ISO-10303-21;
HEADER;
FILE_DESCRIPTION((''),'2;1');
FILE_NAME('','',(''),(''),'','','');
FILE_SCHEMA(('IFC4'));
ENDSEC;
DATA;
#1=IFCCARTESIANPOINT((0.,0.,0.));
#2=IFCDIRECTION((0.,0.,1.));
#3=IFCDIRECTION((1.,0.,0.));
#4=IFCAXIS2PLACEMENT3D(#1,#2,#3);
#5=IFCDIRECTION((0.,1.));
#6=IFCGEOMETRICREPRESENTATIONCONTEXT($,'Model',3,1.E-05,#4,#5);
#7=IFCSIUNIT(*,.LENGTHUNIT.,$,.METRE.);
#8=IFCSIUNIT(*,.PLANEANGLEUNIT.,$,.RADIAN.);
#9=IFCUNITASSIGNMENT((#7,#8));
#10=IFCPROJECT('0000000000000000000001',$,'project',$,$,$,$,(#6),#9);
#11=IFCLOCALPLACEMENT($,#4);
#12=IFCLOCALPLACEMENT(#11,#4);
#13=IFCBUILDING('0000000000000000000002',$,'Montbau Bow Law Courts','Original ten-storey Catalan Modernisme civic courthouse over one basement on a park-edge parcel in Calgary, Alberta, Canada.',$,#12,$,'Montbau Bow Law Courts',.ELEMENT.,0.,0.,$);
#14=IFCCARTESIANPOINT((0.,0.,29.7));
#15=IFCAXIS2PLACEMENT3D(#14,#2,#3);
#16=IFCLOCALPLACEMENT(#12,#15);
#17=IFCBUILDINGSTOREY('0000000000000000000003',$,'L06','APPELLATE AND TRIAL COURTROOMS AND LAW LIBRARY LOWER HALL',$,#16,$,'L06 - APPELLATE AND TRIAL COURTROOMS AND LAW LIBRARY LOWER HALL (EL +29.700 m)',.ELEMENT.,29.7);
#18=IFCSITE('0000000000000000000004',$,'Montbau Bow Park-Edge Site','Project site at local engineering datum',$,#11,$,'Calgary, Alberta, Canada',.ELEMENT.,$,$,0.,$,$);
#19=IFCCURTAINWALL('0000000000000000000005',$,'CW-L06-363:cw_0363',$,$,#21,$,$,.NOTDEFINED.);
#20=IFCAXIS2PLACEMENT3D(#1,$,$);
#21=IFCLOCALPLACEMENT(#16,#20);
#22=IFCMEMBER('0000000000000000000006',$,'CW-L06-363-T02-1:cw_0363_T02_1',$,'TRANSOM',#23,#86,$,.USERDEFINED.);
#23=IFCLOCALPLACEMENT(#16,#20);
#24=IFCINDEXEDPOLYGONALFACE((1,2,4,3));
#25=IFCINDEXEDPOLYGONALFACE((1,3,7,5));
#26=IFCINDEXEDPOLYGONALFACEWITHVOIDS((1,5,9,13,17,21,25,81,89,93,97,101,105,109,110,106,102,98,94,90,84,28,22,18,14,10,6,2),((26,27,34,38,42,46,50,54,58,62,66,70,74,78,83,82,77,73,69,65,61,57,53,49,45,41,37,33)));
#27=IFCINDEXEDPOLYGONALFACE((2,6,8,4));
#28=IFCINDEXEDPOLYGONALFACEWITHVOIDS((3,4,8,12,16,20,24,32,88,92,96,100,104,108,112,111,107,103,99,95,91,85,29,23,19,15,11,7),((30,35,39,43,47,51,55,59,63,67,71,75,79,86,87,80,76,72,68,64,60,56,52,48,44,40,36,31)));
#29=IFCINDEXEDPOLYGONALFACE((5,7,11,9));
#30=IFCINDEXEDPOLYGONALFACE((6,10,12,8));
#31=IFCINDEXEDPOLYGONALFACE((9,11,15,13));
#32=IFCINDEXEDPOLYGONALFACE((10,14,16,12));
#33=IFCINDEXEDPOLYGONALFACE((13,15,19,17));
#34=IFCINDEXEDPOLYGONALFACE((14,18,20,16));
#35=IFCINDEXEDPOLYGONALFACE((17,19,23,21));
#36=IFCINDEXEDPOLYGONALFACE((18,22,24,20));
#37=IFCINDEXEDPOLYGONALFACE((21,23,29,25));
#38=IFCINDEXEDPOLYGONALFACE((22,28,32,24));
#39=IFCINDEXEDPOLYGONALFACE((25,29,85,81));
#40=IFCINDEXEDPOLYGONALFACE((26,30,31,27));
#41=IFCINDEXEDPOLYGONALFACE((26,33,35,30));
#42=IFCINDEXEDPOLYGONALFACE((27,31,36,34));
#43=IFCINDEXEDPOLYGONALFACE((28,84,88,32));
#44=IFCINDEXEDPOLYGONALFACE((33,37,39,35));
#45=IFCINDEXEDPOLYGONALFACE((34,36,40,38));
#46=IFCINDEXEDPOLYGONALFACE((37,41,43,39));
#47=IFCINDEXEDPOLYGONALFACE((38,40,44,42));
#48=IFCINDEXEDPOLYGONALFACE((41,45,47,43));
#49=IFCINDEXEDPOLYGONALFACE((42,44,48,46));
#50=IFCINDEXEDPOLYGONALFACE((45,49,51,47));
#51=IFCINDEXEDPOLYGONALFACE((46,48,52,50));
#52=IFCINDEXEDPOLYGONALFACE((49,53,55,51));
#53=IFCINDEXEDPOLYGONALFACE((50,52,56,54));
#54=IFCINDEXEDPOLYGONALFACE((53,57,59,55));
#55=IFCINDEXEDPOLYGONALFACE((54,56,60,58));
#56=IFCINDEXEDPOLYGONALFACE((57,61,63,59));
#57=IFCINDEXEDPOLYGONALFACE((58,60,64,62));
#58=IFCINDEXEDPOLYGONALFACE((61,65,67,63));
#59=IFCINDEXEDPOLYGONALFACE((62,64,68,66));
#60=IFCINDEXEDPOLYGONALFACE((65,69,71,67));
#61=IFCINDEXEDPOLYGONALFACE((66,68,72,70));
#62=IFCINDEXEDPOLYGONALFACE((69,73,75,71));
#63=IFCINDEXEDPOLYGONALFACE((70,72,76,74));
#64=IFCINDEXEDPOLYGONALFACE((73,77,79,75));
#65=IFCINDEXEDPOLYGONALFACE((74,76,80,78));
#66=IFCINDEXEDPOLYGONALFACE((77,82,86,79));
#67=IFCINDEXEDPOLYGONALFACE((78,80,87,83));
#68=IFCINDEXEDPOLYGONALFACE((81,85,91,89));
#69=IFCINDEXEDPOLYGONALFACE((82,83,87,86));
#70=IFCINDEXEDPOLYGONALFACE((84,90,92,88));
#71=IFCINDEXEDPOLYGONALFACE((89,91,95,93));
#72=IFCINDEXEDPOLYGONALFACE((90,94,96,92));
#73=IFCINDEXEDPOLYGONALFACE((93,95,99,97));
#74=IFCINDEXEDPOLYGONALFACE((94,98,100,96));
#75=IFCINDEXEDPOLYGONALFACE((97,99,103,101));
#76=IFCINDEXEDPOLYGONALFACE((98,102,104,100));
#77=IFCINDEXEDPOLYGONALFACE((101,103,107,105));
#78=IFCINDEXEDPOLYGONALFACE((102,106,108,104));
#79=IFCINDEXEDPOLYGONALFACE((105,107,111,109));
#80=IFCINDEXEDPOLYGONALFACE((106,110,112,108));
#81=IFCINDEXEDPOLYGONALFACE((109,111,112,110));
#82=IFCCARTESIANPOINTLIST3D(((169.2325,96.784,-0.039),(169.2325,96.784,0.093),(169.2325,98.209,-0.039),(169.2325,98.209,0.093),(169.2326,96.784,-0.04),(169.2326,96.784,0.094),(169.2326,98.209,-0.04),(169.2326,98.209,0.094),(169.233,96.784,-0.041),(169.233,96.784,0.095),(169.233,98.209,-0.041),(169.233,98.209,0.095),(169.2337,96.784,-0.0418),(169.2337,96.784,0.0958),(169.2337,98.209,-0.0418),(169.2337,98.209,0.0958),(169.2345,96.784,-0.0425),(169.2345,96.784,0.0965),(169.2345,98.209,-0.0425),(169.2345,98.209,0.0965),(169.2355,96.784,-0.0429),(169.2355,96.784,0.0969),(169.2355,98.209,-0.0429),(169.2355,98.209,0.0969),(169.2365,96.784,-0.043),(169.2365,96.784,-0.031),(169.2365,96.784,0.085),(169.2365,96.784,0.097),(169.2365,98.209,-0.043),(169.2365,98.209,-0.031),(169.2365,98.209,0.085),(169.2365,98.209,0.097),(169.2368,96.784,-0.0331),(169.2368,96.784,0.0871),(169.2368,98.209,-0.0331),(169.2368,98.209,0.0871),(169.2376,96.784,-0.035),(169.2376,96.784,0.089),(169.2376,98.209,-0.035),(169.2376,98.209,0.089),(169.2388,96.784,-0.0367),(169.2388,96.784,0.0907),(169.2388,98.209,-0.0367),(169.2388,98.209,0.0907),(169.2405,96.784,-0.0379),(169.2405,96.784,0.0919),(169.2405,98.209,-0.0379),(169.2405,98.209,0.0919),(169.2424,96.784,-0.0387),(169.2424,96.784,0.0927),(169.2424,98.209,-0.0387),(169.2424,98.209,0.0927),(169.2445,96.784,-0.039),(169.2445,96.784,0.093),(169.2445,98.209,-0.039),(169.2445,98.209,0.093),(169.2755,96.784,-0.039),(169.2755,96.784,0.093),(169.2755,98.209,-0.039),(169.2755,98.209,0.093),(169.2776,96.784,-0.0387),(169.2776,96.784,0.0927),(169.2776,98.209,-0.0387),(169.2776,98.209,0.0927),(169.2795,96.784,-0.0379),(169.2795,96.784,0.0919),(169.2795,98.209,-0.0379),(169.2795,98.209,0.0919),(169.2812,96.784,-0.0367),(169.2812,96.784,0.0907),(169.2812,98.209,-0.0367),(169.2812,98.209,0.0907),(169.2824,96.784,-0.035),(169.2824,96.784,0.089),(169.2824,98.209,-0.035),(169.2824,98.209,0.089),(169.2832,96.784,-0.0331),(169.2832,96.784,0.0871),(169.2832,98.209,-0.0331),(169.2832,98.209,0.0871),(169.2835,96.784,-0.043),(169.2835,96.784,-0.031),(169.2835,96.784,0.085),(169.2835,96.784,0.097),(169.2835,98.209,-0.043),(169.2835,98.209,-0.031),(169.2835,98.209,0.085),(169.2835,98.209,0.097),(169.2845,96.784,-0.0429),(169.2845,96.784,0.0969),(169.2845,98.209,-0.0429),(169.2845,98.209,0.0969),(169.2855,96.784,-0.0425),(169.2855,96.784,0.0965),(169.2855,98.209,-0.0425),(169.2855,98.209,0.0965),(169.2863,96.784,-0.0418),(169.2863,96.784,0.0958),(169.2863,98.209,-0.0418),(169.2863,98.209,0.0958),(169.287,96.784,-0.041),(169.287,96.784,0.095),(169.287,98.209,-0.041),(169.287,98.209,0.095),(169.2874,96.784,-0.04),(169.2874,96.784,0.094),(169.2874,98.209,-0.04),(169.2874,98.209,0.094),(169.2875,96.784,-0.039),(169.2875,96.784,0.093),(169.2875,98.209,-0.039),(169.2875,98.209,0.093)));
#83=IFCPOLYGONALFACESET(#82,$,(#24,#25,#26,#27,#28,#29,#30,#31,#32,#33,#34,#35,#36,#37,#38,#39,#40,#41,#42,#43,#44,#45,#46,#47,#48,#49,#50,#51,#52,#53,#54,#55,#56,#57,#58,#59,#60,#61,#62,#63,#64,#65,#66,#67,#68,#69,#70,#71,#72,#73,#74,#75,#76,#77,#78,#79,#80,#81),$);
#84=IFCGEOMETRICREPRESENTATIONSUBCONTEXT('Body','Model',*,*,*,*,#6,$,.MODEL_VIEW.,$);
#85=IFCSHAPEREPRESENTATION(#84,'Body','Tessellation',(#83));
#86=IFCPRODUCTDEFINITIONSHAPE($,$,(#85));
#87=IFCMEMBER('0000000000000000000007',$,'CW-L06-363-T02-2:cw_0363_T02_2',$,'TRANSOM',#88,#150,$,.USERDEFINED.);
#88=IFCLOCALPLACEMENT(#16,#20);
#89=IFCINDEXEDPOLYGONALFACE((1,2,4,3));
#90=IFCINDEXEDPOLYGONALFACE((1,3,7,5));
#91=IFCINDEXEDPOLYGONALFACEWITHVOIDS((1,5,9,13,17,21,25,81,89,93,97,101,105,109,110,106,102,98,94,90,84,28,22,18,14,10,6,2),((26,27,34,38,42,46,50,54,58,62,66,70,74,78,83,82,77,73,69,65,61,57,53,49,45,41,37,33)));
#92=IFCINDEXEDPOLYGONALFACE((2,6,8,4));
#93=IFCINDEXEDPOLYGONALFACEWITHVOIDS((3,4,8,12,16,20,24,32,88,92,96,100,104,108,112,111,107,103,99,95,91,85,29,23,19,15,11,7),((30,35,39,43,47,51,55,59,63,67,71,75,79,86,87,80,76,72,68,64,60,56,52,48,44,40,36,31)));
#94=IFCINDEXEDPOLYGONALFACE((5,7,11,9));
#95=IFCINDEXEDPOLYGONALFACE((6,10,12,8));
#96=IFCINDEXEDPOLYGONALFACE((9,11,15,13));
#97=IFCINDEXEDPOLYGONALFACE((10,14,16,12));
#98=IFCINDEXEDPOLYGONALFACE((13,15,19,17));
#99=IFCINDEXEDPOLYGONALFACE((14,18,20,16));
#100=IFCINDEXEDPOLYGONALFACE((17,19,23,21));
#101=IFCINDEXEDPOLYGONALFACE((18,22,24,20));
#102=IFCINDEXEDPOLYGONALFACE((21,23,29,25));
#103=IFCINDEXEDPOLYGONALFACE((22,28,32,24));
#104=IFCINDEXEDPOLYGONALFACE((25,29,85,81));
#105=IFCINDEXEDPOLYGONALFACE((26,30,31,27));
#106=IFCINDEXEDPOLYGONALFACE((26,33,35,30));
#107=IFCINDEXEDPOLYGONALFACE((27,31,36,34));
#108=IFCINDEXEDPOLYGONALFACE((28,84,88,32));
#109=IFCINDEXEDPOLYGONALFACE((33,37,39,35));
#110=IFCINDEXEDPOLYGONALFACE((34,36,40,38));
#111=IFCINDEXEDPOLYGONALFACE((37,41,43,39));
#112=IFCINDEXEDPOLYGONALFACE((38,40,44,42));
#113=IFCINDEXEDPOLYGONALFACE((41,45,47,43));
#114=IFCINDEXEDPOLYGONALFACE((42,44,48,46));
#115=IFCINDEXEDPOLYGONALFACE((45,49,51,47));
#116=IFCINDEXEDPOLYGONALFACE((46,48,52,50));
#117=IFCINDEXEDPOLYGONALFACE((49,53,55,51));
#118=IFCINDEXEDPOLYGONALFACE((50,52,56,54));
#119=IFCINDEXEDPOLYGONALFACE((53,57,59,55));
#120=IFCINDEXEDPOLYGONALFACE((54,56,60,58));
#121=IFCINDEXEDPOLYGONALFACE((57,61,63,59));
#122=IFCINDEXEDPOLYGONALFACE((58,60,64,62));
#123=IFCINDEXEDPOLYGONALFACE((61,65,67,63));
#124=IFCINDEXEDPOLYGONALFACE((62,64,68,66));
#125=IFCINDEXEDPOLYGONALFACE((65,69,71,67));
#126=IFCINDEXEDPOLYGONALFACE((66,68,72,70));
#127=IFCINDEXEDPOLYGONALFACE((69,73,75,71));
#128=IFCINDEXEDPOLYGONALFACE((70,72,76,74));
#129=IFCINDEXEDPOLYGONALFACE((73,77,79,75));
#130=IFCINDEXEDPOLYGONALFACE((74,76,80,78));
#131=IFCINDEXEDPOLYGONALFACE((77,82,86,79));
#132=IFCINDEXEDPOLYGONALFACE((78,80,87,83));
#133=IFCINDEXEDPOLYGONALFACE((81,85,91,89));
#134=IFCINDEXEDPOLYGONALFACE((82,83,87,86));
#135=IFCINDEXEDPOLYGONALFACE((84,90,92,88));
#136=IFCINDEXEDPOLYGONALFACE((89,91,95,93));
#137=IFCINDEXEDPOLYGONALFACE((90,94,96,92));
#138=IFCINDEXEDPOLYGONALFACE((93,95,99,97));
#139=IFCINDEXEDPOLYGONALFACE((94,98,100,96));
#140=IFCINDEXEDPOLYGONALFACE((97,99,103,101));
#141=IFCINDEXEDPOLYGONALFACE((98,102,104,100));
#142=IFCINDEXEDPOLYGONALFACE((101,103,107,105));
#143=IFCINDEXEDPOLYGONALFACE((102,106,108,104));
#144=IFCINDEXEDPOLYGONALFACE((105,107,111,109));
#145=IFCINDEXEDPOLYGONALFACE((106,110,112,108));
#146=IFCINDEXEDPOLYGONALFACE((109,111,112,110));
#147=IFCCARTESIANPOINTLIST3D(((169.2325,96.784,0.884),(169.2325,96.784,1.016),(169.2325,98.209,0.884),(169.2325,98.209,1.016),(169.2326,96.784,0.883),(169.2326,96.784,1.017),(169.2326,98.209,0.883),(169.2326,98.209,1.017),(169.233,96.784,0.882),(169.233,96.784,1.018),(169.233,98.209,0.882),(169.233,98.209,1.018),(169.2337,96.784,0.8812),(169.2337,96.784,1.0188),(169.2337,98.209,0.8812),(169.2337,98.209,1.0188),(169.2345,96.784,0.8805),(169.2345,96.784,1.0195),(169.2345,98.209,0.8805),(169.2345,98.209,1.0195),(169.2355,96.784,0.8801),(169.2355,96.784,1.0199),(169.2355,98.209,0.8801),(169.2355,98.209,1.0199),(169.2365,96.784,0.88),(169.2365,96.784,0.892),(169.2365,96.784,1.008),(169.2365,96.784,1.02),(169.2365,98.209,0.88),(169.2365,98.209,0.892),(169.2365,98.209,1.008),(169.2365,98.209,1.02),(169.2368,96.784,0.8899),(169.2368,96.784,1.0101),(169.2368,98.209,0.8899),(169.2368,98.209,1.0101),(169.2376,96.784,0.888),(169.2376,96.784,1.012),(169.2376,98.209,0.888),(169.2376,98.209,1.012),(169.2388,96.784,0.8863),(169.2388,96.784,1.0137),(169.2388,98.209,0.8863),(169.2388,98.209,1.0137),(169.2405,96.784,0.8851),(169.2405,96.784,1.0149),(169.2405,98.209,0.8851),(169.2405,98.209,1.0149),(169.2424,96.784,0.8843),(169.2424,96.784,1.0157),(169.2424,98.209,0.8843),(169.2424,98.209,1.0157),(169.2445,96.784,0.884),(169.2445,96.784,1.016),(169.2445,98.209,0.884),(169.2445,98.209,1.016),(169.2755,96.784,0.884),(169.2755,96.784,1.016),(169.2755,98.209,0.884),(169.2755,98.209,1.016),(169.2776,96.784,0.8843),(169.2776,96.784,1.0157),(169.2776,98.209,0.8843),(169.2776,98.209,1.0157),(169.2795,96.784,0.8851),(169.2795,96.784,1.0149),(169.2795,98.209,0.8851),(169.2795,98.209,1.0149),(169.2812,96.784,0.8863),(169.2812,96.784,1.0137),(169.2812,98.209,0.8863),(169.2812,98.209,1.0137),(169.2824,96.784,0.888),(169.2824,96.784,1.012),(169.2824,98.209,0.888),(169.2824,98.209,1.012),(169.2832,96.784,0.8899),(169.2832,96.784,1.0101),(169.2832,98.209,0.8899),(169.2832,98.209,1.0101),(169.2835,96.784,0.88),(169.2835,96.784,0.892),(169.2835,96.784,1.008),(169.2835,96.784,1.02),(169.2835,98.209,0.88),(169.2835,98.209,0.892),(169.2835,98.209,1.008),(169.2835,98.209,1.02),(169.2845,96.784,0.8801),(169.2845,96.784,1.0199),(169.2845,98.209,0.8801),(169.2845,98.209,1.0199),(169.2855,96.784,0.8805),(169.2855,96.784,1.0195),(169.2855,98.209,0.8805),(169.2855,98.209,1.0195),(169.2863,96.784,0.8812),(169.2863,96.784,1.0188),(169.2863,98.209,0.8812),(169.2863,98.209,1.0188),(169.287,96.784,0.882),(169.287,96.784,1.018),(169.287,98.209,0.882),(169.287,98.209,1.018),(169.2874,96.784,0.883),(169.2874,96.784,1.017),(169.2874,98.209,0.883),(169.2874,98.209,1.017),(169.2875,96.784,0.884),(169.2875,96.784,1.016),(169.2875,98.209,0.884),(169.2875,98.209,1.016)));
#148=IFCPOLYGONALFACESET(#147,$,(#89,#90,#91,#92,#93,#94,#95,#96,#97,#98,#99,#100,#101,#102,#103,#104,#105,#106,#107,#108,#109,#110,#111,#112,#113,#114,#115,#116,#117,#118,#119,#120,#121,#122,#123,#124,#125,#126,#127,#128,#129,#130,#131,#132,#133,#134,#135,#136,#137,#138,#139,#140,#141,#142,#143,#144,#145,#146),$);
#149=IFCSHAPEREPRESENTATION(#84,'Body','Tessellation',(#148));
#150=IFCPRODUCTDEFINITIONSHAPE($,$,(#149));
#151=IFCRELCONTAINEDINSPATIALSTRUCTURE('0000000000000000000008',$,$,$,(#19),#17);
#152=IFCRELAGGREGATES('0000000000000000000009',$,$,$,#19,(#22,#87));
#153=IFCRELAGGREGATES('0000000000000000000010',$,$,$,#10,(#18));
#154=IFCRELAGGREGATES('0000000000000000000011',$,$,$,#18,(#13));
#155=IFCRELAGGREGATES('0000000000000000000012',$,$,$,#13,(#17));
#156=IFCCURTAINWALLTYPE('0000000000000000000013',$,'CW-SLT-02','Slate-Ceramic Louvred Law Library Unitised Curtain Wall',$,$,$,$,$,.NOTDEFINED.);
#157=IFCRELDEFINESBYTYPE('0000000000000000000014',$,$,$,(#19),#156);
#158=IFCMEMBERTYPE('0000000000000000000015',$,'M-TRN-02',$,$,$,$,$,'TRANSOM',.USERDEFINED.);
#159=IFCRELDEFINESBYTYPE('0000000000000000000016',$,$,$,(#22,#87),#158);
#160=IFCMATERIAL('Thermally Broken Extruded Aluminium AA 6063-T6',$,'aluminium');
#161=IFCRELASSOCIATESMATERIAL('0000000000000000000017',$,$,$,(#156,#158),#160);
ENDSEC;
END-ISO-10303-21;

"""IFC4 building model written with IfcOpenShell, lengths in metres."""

from ifc_helpers import new_model, si_unit, direction, frame, origin_with_axes, origin_2d_with_axis, place, context, subcontext, project, spatial, hollow_rectangle, extrude, material, material_profile, profile_set, type_object, element, aggregate, save


model = new_model("IFC4")

# Units and contexts
model_context = context("Model", 3, precision=1e-05, world=origin_with_axes(), true_north=direction((0.0, 1.0)))
body_context = subcontext(model_context, "Body", "Model", "MODEL_VIEW")
ifc_project = project(units=[si_unit("LENGTHUNIT", "METRE"), si_unit("PLANEANGLEUNIT", "RADIAN")], contexts=[model_context])

# Site, building, storey
site_placement = place(None, origin_with_axes())
site = spatial("IfcSite", under=ifc_project, at=site_placement, Name="Montbau Bow Park-Edge Site", Description="Project site at local engineering datum", LongName="Calgary, Alberta, Canada", CompositionType="ELEMENT", RefElevation=0.0)
building_placement = place(site_placement, origin_with_axes())
building = spatial("IfcBuilding", under=site, at=building_placement, Name="Montbau Bow Law Courts", Description="Original ten-storey Catalan Modernisme civic courthouse over one basement on a park-edge parcel in Calgary, Alberta, Canada.", LongName="Montbau Bow Law Courts", CompositionType="ELEMENT", ElevationOfRefHeight=0.0, ElevationOfTerrain=0.0)
storey_placement = place(building_placement, frame((0.0, 0.0, 29.7), z_axis=(0.0, 0.0, 1.0), x_axis=(1.0, 0.0, 0.0)))
storey = spatial("IfcBuildingStorey", under=building, at=storey_placement, Name="L06", Description="APPELLATE AND TRIAL COURTROOMS AND LAW LIBRARY LOWER HALL", LongName="L06 - APPELLATE AND TRIAL COURTROOMS AND LAW LIBRARY LOWER HALL (EL +29.700 m)", CompositionType="ELEMENT", Elevation=29.7)

# Curtain wall, members
ifc_material_1 = material(Name="Thermally Broken Extruded Aluminium AA 6063-T6", Category="aluminium")
curtain_wall_type = type_object("IfcCurtainWallType", Name="CW-SLT-02", Description="Slate-Ceramic Louvred Law Library Unitised Curtain Wall", PredefinedType="NOTDEFINED", material=ifc_material_1)
curtain_wall_placement = place(None, frame((169.26, 95.24, 29.7), z_axis=(0.0, 0.0, 1.0), x_axis=(1.0, 0.0, 0.0)))
curtain_wall = element("IfcCurtainWall", 1, at=curtain_wall_placement, inside=storey, type_object=curtain_wall_type, Name="CW-L06-363:cw_0363", PredefinedType="NOTDEFINED")
ifc_material_profile_1 = material_profile(ifc_material_1, hollow_rectangle(XDim=0.055, YDim=0.14, WallThickness=0.004, InnerFilletRadius=0.008, OuterFilletRadius=0.004, at=origin_2d_with_axis()), Name="CWT-140X55", Category="Main", Priority=0)
ifc_profile_set_1 = profile_set([ifc_material_profile_1], Name="Thermally Broken Extruded Aluminium AA 6063-T6")
member_type_1 = type_object("IfcMemberType", Name="M-TRN-02", ElementType="TRANSOM", PredefinedType="USERDEFINED", material=ifc_profile_set_1)
member_1_placement = place(None, frame((169.26, 96.784, 29.727), z_axis=(0.0, 1.0, 0.0), x_axis=(-1.0, 0.0, 0.0)))
member_1 = element("IfcMember", 2, at=member_1_placement, type_object=member_type_1, Name="CW-L06-363-T02-1:cw_0363_T02_1", ObjectType="TRANSOM", PredefinedType="USERDEFINED", context=body_context, shape_type="SweptSolid", body=[
    extrude(hollow_rectangle(XDim=0.055, YDim=0.14, WallThickness=0.004, InnerFilletRadius=0.008, OuterFilletRadius=0.004, at=origin_2d_with_axis()), origin_with_axes(), (0.0, 0.0, 1.0), 1.425),
])
member_2_placement = place(None, frame((169.26, 96.784, 30.65), z_axis=(0.0, 1.0, 0.0), x_axis=(-1.0, 0.0, 0.0)))
member_2 = element("IfcMember", 3, at=member_2_placement, type_object=member_type_1, Name="CW-L06-363-T02-2:cw_0363_T02_2", ObjectType="TRANSOM", PredefinedType="USERDEFINED", context=body_context, shape_type="SweptSolid", body=[
    extrude(hollow_rectangle(XDim=0.055, YDim=0.14, WallThickness=0.004, InnerFilletRadius=0.008, OuterFilletRadius=0.004, at=origin_2d_with_axis()), origin_with_axes(), (0.0, 0.0, 1.0), 1.425),
])
aggregate(curtain_wall, [member_1, member_2])

save(model, "model.ifc")
